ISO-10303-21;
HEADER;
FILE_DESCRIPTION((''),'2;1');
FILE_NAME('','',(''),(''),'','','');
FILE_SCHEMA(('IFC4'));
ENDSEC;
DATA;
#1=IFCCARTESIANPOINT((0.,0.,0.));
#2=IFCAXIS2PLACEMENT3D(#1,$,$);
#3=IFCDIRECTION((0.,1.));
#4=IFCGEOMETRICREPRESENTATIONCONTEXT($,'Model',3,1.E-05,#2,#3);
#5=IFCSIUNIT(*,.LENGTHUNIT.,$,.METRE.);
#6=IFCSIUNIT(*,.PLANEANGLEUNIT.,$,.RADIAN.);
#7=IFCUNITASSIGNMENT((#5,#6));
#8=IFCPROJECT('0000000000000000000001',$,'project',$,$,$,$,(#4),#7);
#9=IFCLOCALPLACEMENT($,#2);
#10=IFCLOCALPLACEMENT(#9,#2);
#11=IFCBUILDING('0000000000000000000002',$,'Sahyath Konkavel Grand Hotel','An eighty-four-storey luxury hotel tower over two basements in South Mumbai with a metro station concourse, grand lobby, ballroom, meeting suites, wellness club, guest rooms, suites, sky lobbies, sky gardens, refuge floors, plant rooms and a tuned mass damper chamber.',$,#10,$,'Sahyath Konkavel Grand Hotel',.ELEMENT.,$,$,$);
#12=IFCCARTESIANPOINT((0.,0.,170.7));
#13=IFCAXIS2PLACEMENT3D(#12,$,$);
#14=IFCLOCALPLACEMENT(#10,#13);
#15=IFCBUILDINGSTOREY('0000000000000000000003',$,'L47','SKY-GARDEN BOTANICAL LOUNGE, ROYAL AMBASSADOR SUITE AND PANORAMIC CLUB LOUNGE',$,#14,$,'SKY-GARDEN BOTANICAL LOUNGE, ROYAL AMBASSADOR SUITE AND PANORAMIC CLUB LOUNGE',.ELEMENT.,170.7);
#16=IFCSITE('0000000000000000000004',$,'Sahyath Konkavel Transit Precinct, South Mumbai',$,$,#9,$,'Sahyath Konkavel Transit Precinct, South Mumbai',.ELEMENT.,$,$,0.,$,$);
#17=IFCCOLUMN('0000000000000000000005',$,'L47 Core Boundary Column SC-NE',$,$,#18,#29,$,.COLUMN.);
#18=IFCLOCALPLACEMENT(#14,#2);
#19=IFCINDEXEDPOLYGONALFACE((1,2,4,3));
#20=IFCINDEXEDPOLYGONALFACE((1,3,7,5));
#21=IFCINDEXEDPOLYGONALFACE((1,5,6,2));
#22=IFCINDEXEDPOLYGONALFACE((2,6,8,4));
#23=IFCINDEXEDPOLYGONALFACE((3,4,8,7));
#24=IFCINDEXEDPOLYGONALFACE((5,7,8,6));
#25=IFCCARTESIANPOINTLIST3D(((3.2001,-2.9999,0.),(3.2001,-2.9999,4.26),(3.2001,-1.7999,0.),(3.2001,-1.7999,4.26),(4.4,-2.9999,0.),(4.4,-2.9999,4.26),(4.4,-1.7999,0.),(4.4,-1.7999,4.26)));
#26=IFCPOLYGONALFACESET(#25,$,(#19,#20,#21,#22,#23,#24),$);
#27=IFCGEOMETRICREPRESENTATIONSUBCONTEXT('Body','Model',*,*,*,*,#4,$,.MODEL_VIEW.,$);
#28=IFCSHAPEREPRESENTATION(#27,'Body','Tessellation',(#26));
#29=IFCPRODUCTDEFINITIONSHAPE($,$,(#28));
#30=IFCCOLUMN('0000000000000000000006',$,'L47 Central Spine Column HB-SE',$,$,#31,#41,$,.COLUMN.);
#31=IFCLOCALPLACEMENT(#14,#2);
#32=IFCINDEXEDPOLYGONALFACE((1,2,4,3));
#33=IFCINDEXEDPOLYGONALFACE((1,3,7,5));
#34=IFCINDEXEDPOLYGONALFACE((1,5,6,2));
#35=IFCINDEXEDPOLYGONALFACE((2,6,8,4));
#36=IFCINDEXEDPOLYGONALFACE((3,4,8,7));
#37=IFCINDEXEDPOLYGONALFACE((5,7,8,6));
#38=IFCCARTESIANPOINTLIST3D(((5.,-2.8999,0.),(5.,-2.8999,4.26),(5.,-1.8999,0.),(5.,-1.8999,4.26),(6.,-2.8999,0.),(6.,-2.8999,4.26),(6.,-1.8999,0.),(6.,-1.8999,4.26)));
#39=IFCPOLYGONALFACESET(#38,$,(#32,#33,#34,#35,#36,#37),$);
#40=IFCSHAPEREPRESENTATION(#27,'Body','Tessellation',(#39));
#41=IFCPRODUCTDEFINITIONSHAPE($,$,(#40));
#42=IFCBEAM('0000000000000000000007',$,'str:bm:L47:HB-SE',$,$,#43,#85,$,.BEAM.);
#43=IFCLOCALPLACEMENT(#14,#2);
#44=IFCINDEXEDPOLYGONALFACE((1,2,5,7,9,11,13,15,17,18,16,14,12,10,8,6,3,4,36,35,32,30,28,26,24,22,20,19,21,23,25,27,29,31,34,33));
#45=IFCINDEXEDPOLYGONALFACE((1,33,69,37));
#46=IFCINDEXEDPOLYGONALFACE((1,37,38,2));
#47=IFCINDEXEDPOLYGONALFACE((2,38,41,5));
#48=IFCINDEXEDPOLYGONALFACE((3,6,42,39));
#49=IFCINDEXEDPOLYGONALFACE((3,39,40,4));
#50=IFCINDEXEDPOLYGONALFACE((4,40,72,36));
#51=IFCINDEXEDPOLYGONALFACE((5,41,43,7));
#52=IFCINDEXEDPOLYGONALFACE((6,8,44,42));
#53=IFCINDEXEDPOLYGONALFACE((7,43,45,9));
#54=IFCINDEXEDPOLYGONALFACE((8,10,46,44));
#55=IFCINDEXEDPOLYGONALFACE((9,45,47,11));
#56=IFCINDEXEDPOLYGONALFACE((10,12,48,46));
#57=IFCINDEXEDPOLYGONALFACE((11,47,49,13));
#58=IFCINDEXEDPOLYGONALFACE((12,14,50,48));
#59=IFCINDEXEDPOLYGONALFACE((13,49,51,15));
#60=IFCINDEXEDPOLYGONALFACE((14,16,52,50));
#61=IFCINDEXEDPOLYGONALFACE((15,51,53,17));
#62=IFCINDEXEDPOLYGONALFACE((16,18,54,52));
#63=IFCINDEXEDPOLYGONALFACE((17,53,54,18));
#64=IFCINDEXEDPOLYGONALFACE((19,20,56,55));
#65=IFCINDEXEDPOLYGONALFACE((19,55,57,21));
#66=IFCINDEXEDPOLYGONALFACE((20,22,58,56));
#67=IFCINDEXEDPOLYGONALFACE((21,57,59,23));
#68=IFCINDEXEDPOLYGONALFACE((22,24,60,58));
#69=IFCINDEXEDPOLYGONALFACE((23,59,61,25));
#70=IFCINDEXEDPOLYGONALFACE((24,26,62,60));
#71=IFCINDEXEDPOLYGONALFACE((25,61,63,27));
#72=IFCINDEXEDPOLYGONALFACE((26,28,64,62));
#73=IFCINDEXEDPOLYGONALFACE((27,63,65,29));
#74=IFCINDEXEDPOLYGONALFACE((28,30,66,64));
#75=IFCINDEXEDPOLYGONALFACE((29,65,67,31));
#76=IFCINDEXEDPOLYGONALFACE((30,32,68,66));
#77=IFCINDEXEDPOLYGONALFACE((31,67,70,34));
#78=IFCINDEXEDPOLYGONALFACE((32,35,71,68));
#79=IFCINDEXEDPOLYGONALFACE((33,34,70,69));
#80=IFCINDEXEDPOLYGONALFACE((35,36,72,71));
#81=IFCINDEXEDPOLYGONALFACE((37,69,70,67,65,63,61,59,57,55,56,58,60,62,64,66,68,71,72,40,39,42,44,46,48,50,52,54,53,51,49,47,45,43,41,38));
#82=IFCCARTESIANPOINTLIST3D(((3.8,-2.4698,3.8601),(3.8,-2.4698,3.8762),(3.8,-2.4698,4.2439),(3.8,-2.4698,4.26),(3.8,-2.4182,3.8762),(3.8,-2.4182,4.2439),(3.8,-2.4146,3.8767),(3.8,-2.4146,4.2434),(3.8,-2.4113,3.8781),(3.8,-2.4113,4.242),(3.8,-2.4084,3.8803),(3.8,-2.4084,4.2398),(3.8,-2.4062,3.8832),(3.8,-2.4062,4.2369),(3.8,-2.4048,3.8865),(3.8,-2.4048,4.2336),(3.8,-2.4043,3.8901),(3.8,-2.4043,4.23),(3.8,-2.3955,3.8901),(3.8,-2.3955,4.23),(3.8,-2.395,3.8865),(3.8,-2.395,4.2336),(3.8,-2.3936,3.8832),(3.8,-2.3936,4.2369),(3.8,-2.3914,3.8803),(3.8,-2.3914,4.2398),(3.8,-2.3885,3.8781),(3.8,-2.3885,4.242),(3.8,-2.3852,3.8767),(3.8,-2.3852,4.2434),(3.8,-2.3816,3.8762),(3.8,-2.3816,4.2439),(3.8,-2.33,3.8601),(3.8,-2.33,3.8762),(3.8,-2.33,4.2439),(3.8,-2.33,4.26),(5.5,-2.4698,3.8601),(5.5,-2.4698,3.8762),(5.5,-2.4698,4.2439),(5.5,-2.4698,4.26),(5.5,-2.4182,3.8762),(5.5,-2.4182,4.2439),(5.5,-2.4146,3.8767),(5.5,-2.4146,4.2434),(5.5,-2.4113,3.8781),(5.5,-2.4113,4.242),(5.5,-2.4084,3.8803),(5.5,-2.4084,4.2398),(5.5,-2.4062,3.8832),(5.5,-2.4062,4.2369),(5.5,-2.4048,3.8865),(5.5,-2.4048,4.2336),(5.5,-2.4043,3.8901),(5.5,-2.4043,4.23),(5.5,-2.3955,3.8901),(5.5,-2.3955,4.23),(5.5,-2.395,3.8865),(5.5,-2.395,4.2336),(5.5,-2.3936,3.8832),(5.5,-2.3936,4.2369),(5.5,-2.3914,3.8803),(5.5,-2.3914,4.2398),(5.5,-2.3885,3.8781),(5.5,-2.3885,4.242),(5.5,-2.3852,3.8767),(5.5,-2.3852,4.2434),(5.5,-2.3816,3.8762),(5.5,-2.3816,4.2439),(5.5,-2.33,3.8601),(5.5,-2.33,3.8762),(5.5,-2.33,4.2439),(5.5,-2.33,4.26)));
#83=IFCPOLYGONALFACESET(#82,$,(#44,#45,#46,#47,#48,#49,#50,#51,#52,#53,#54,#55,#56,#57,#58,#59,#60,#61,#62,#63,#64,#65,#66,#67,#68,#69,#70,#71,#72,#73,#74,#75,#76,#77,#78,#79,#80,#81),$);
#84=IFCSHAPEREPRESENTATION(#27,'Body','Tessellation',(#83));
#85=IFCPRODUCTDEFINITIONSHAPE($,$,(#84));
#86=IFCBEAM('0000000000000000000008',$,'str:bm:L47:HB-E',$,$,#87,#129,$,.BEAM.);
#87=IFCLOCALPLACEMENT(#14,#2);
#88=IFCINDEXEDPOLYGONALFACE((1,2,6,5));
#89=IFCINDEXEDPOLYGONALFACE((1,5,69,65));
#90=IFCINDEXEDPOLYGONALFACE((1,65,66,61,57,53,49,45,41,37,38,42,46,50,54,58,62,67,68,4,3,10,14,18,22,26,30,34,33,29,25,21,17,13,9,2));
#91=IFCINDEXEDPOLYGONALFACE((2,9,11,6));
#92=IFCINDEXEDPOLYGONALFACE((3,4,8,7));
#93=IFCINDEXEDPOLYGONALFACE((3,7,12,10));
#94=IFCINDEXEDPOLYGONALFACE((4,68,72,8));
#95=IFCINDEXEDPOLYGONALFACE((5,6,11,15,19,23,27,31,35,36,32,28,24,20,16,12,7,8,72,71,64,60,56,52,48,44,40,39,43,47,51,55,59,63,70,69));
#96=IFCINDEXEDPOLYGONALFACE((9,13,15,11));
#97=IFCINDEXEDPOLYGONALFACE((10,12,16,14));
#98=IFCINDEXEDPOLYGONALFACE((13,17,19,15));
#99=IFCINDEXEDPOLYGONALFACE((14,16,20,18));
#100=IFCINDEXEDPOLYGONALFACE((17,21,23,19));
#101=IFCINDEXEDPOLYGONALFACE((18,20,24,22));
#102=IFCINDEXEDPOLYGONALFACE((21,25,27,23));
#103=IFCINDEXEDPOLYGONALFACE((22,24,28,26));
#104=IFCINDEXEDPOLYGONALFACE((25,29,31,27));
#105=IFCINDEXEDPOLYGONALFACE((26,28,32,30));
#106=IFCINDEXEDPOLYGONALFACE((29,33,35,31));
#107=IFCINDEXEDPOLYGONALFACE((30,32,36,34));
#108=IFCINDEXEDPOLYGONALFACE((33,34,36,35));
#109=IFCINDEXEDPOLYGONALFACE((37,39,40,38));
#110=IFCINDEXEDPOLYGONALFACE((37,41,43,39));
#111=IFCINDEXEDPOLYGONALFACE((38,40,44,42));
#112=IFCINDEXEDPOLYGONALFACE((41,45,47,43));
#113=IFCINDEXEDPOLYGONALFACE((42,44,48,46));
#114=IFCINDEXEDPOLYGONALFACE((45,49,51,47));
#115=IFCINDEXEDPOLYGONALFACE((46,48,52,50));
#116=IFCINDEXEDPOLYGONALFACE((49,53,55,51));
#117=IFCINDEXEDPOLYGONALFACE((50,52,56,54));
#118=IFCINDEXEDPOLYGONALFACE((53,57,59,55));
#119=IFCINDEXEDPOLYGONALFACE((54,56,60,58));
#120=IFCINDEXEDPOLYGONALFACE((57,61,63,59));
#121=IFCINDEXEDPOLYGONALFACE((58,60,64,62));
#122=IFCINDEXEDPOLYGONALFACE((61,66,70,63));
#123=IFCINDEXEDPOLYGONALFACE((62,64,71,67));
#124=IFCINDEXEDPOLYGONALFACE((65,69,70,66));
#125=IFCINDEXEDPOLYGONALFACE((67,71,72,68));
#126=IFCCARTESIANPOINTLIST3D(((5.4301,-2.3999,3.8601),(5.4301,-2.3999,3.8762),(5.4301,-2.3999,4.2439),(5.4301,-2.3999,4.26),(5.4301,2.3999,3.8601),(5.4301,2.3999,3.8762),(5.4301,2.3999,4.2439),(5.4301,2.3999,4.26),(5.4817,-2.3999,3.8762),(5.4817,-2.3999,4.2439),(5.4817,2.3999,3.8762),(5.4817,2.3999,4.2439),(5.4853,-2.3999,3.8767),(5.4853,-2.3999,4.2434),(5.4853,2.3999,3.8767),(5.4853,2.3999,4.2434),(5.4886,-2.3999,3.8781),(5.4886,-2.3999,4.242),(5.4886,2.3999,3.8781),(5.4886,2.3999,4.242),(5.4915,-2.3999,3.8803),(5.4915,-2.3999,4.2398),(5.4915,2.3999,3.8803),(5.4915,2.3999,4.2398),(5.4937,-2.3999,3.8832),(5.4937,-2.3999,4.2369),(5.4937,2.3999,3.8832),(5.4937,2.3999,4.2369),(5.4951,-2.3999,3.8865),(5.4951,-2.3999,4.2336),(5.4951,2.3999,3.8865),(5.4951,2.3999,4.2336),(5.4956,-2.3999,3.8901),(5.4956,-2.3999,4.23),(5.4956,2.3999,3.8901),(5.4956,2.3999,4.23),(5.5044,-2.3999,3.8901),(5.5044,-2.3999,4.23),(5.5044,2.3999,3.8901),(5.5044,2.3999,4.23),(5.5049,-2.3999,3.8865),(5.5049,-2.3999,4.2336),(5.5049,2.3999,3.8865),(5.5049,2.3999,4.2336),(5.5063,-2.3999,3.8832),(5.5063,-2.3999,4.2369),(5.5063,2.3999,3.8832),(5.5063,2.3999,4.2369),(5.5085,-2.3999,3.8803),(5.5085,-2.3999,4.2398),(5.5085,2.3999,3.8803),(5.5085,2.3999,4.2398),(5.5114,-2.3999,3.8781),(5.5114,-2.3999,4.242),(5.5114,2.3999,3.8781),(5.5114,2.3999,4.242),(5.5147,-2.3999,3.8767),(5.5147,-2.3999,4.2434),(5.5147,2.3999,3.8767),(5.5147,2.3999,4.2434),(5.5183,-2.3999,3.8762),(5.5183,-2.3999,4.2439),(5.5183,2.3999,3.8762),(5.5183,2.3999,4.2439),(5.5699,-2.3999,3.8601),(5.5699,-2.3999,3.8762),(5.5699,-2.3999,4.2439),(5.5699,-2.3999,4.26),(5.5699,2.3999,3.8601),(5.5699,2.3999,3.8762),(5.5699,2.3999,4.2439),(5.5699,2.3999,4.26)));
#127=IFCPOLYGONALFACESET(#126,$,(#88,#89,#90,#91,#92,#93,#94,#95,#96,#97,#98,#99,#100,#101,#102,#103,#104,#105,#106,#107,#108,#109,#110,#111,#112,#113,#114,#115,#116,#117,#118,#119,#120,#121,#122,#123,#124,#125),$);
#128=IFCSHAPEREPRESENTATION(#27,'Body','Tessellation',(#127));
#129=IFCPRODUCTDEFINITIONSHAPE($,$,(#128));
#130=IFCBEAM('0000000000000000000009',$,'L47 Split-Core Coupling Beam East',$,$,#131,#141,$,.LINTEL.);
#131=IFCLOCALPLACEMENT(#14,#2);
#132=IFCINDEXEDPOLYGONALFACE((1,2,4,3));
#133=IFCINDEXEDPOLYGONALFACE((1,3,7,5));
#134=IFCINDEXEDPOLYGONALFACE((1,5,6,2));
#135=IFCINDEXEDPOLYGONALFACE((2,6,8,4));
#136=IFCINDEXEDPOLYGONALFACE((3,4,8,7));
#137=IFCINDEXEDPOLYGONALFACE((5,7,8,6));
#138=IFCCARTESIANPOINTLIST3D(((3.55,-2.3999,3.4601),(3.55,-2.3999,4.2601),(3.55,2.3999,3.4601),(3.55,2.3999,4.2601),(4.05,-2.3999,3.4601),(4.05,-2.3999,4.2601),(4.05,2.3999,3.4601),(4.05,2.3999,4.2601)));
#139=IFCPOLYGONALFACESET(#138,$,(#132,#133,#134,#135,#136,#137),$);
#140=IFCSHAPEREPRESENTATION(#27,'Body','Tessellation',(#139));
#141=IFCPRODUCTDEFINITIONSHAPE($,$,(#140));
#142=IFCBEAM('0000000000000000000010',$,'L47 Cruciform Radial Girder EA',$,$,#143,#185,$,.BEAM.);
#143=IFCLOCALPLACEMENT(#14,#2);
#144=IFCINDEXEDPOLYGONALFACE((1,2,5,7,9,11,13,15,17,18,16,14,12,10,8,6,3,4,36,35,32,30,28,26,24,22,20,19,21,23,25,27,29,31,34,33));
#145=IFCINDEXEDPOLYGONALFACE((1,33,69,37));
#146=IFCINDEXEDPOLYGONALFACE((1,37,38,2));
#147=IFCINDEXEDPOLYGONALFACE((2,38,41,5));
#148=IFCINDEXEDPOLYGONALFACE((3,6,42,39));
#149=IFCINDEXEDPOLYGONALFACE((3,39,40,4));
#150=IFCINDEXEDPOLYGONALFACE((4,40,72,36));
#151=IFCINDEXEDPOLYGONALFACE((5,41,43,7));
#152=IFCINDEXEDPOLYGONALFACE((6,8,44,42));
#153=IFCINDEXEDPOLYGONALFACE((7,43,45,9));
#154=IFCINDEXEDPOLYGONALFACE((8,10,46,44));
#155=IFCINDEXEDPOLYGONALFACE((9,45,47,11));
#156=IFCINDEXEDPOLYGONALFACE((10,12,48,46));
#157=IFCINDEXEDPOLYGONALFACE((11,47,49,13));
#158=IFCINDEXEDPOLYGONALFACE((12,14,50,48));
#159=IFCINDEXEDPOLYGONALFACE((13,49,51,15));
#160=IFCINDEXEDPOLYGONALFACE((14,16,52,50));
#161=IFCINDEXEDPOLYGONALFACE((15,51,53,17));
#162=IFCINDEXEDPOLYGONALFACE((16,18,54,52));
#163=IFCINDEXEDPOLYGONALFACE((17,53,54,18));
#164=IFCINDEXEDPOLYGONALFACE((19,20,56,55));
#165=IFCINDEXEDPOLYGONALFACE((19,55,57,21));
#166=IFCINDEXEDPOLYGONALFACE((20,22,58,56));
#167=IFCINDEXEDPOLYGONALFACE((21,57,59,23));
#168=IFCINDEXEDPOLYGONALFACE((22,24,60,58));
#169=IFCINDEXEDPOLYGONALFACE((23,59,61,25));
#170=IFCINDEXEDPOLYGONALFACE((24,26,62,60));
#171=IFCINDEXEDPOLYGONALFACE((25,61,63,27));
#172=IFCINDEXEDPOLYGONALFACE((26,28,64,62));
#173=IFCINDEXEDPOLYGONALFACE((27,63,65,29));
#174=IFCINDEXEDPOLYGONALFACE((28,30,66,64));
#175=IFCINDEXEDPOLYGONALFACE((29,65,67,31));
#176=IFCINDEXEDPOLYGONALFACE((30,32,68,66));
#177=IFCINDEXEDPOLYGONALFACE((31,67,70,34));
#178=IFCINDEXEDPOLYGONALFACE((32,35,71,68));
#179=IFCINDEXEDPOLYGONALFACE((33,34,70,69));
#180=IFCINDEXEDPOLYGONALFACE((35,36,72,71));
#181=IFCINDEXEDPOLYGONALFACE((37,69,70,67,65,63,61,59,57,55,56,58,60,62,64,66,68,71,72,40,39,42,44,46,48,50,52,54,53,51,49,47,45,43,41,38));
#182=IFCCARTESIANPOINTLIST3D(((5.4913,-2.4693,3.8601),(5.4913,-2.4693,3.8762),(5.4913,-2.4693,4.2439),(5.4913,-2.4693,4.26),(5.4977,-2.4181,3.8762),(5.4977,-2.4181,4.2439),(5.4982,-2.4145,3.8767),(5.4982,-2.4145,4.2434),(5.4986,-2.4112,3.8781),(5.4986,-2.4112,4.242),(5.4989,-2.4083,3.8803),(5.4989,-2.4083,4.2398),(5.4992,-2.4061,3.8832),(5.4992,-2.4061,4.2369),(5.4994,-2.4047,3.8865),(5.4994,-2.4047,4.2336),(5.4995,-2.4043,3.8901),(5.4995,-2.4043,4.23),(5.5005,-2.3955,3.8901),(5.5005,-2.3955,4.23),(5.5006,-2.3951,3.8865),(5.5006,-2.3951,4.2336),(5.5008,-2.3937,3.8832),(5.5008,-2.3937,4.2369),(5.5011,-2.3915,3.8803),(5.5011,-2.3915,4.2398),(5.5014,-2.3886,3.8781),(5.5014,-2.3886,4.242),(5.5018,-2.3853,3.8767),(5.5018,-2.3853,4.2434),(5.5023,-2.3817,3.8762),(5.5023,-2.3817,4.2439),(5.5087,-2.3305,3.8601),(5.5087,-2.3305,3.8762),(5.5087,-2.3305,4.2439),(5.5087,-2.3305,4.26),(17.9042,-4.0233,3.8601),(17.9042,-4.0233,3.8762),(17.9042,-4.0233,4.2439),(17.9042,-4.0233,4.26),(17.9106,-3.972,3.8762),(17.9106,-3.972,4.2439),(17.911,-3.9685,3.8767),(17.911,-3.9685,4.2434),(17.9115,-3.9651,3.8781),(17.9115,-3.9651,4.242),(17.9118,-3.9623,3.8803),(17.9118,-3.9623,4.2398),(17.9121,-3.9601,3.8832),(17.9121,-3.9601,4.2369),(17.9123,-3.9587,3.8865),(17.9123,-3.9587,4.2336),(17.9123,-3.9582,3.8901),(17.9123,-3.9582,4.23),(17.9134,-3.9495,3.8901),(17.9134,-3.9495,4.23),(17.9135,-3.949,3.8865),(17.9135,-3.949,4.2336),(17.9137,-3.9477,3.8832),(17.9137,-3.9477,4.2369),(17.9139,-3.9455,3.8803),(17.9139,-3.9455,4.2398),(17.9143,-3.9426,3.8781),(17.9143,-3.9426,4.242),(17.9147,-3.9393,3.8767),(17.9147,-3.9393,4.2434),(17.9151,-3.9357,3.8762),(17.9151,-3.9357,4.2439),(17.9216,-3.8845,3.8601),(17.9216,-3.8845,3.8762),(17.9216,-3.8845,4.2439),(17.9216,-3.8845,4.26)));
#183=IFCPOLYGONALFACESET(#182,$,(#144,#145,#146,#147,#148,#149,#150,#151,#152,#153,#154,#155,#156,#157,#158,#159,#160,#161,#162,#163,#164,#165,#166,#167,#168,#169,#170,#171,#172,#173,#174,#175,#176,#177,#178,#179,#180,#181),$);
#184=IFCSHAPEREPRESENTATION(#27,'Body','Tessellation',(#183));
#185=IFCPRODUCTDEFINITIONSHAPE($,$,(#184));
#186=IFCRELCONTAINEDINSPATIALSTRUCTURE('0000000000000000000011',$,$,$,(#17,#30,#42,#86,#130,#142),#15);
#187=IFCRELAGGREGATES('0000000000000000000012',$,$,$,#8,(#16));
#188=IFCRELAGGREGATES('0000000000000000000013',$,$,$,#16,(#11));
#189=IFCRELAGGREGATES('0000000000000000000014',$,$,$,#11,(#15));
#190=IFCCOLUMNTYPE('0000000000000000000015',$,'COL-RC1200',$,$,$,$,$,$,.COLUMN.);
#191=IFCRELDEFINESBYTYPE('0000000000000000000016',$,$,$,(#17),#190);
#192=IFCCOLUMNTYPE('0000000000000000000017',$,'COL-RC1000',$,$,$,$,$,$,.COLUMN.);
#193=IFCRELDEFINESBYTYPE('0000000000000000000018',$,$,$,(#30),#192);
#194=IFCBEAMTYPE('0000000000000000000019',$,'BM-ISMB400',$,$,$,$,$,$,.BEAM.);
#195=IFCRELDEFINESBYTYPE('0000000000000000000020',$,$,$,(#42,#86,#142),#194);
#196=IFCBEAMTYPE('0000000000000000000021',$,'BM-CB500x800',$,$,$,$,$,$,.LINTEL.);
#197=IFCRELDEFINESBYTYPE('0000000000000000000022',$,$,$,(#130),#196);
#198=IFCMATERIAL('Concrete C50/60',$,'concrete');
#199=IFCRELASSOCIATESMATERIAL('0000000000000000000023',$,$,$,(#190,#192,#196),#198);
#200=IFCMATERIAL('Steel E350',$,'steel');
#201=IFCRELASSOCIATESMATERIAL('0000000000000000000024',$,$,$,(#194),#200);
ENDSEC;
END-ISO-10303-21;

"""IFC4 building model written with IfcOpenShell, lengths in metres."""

from ifc_helpers import new_model, si_unit, direction, frame, origin, origin_2d, place, context, subcontext, project, spatial, rectangle, i_section, extrude, source, transform, mapped, material, material_profile, profile_set, type_object, element, save


model = new_model("IFC4")

# Units and contexts
model_context = context("Model", 3, precision=1e-05, world=origin(), true_north=direction((0.0, 1.0)))
body_context = subcontext(model_context, "Body", "Model", "MODEL_VIEW")
ifc_project = project(units=[si_unit("LENGTHUNIT", "METRE"), si_unit("PLANEANGLEUNIT", "RADIAN")], contexts=[model_context])

# Site, building, storey
site_placement = place(None, origin())
site = spatial("IfcSite", under=ifc_project, at=site_placement, Name="Sahyath Konkavel Transit Precinct, South Mumbai", LongName="Sahyath Konkavel Transit Precinct, South Mumbai", CompositionType="ELEMENT", RefElevation=0.0)
building_placement = place(site_placement, origin())
building = spatial("IfcBuilding", under=site, at=building_placement, Name="Sahyath Konkavel Grand Hotel", Description="An eighty-four-storey luxury hotel tower over two basements in South Mumbai with a metro station concourse, grand lobby, ballroom, meeting suites, wellness club, guest rooms, suites, sky lobbies, sky gardens, refuge floors, plant rooms and a tuned mass damper chamber.", LongName="Sahyath Konkavel Grand Hotel", CompositionType="ELEMENT")
storey_placement = place(building_placement, frame((0.0, 0.0, 170.7)))
storey = spatial("IfcBuildingStorey", under=building, at=storey_placement, Name="L47", Description="SKY-GARDEN BOTANICAL LOUNGE, ROYAL AMBASSADOR SUITE AND PANORAMIC CLUB LOUNGE", LongName="SKY-GARDEN BOTANICAL LOUNGE, ROYAL AMBASSADOR SUITE AND PANORAMIC CLUB LOUNGE", CompositionType="ELEMENT", Elevation=170.7)

# Columns
ifc_material_1 = material(Name="Concrete C50/60", Category="concrete")
ifc_material_profile_1 = material_profile(ifc_material_1, rectangle(XDim=1.2, YDim=1.2, at=origin_2d()), Name="RC 1200x1200")
ifc_profile_set_1 = profile_set([ifc_material_profile_1], Name="Concrete C50/60")
column_type_1 = type_object("IfcColumnType", Name="COL-RC1200", PredefinedType="COLUMN", material=ifc_profile_set_1)
shared_shape_1 = source(origin(), body_context, "Body", "SweptSolid", [
    extrude(rectangle(XDim=1.2, YDim=1.2, at=origin_2d()), origin(), (0.0, 0.0, 1.0), 4.26),
])
column_1_placement = place(storey_placement, frame((3.8, -2.3999, 0.0), z_axis=(0.0, 0.0, 1.0), x_axis=(1.0, 0.0, 0.0)))
element("IfcColumn", 1, at=column_1_placement, inside=storey, type_object=column_type_1, Name="L47 Core Boundary Column SC-NE", PredefinedType="COLUMN", context=body_context, shape_type="MappedRepresentation", body=[
    mapped(shared_shape_1, transform((0.0, 0.0, 0.0), scale=1.0)),
])
ifc_material_profile_2 = material_profile(ifc_material_1, rectangle(XDim=1.0, YDim=1.0, at=origin_2d()), Name="RC 1000x1000")
ifc_profile_set_2 = profile_set([ifc_material_profile_2], Name="Concrete C50/60")
column_type_2 = type_object("IfcColumnType", Name="COL-RC1000", PredefinedType="COLUMN", material=ifc_profile_set_2)
shared_shape_2 = source(origin(), body_context, "Body", "SweptSolid", [
    extrude(rectangle(XDim=1.0, YDim=1.0, at=origin_2d()), origin(), (0.0, 0.0, 1.0), 4.26),
])
column_2_placement = place(storey_placement, frame((5.5, -2.3999, 0.0), z_axis=(0.0, 0.0, 1.0), x_axis=(1.0, 0.0, 0.0)))
element("IfcColumn", 2, at=column_2_placement, inside=storey, type_object=column_type_2, Name="L47 Central Spine Column HB-SE", PredefinedType="COLUMN", context=body_context, shape_type="MappedRepresentation", body=[
    mapped(shared_shape_2, transform((0.0, 0.0, 0.0), scale=1.0)),
])

# Beams
ifc_material_2 = material(Name="Steel E350", Category="steel")
ifc_material_profile_3 = material_profile(ifc_material_2, i_section(OverallWidth=0.1399, OverallDepth=0.3999, WebThickness=0.0088, FlangeThickness=0.0161, FilletRadius=0.0139, at=origin_2d()), Name="ISMB 400")
ifc_profile_set_3 = profile_set([ifc_material_profile_3], Name="Steel E350")
beam_type_1 = type_object("IfcBeamType", Name="BM-ISMB400", PredefinedType="BEAM", material=ifc_profile_set_3)
shared_shape_3 = source(origin(), body_context, "Body", "SweptSolid", [
    extrude(i_section(OverallWidth=0.1399, OverallDepth=0.3999, WebThickness=0.0088, FlangeThickness=0.0161, FilletRadius=0.0139, at=origin_2d()), origin(), (0.0, 0.0, 1.0), 1.7),
])
beam_1_placement = place(storey_placement, frame((3.8, -2.3999, 4.0601), z_axis=(1.0, 0.0, 0.0), x_axis=(0.0, 1.0, 0.0)))
element("IfcBeam", 3, at=beam_1_placement, inside=storey, type_object=beam_type_1, Name="str:bm:L47:HB-SE", PredefinedType="BEAM", context=body_context, shape_type="MappedRepresentation", body=[
    mapped(shared_shape_3, transform((0.0, 0.0, 0.0), scale=1.0)),
])
shared_shape_4 = source(origin(), body_context, "Body", "SweptSolid", [
    extrude(i_section(OverallWidth=0.1399, OverallDepth=0.3999, WebThickness=0.0088, FlangeThickness=0.0161, FilletRadius=0.0139, at=origin_2d()), origin(), (0.0, 0.0, 1.0), 4.7998),
])
beam_2_placement = place(storey_placement, frame((5.5, -2.3999, 4.0601), z_axis=(0.0, 1.0, 0.0), x_axis=(-1.0, 0.0, 0.0)))
element("IfcBeam", 4, at=beam_2_placement, inside=storey, type_object=beam_type_1, Name="str:bm:L47:HB-E", PredefinedType="BEAM", context=body_context, shape_type="MappedRepresentation", body=[
    mapped(shared_shape_4, transform((0.0, 0.0, 0.0), scale=1.0)),
])
ifc_material_profile_4 = material_profile(ifc_material_1, rectangle(XDim=0.5, YDim=0.8, at=origin_2d()), Name="RC 500x800")
ifc_profile_set_4 = profile_set([ifc_material_profile_4], Name="Concrete C50/60")
beam_type_2 = type_object("IfcBeamType", Name="BM-CB500x800", PredefinedType="LINTEL", material=ifc_profile_set_4)
shared_shape_5 = source(origin(), body_context, "Body", "SweptSolid", [
    extrude(rectangle(XDim=0.5, YDim=0.8, at=origin_2d()), origin(), (0.0, 0.0, 1.0), 4.7998),
])
beam_3_placement = place(storey_placement, frame((3.8, -2.3999, 3.8601), z_axis=(0.0, 1.0, 0.0), x_axis=(-1.0, 0.0, 0.0)))
element("IfcBeam", 5, at=beam_3_placement, inside=storey, type_object=beam_type_2, Name="L47 Split-Core Coupling Beam East", PredefinedType="LINTEL", context=body_context, shape_type="MappedRepresentation", body=[
    mapped(shared_shape_5, transform((0.0, 0.0, 0.0), scale=1.0)),
])
shared_shape_6 = source(origin(), body_context, "Body", "SweptSolid", [
    extrude(i_section(OverallWidth=0.1399, OverallDepth=0.3999, WebThickness=0.0088, FlangeThickness=0.0161, FilletRadius=0.0139, at=origin_2d()), origin(), (0.0, 0.0, 1.0), 12.5098),
])
beam_4_placement = place(storey_placement, frame((5.5, -2.3999, 4.0601), z_axis=(0.992255, -0.12422, 0.0), x_axis=(0.12422, 0.992255, 0.0)))
element("IfcBeam", 6, at=beam_4_placement, inside=storey, type_object=beam_type_1, Name="L47 Cruciform Radial Girder EA", PredefinedType="BEAM", context=body_context, shape_type="MappedRepresentation", body=[
    mapped(shared_shape_6, transform((0.0, 0.0, 0.0), scale=1.0)),
])

save(model, "model.ifc")
